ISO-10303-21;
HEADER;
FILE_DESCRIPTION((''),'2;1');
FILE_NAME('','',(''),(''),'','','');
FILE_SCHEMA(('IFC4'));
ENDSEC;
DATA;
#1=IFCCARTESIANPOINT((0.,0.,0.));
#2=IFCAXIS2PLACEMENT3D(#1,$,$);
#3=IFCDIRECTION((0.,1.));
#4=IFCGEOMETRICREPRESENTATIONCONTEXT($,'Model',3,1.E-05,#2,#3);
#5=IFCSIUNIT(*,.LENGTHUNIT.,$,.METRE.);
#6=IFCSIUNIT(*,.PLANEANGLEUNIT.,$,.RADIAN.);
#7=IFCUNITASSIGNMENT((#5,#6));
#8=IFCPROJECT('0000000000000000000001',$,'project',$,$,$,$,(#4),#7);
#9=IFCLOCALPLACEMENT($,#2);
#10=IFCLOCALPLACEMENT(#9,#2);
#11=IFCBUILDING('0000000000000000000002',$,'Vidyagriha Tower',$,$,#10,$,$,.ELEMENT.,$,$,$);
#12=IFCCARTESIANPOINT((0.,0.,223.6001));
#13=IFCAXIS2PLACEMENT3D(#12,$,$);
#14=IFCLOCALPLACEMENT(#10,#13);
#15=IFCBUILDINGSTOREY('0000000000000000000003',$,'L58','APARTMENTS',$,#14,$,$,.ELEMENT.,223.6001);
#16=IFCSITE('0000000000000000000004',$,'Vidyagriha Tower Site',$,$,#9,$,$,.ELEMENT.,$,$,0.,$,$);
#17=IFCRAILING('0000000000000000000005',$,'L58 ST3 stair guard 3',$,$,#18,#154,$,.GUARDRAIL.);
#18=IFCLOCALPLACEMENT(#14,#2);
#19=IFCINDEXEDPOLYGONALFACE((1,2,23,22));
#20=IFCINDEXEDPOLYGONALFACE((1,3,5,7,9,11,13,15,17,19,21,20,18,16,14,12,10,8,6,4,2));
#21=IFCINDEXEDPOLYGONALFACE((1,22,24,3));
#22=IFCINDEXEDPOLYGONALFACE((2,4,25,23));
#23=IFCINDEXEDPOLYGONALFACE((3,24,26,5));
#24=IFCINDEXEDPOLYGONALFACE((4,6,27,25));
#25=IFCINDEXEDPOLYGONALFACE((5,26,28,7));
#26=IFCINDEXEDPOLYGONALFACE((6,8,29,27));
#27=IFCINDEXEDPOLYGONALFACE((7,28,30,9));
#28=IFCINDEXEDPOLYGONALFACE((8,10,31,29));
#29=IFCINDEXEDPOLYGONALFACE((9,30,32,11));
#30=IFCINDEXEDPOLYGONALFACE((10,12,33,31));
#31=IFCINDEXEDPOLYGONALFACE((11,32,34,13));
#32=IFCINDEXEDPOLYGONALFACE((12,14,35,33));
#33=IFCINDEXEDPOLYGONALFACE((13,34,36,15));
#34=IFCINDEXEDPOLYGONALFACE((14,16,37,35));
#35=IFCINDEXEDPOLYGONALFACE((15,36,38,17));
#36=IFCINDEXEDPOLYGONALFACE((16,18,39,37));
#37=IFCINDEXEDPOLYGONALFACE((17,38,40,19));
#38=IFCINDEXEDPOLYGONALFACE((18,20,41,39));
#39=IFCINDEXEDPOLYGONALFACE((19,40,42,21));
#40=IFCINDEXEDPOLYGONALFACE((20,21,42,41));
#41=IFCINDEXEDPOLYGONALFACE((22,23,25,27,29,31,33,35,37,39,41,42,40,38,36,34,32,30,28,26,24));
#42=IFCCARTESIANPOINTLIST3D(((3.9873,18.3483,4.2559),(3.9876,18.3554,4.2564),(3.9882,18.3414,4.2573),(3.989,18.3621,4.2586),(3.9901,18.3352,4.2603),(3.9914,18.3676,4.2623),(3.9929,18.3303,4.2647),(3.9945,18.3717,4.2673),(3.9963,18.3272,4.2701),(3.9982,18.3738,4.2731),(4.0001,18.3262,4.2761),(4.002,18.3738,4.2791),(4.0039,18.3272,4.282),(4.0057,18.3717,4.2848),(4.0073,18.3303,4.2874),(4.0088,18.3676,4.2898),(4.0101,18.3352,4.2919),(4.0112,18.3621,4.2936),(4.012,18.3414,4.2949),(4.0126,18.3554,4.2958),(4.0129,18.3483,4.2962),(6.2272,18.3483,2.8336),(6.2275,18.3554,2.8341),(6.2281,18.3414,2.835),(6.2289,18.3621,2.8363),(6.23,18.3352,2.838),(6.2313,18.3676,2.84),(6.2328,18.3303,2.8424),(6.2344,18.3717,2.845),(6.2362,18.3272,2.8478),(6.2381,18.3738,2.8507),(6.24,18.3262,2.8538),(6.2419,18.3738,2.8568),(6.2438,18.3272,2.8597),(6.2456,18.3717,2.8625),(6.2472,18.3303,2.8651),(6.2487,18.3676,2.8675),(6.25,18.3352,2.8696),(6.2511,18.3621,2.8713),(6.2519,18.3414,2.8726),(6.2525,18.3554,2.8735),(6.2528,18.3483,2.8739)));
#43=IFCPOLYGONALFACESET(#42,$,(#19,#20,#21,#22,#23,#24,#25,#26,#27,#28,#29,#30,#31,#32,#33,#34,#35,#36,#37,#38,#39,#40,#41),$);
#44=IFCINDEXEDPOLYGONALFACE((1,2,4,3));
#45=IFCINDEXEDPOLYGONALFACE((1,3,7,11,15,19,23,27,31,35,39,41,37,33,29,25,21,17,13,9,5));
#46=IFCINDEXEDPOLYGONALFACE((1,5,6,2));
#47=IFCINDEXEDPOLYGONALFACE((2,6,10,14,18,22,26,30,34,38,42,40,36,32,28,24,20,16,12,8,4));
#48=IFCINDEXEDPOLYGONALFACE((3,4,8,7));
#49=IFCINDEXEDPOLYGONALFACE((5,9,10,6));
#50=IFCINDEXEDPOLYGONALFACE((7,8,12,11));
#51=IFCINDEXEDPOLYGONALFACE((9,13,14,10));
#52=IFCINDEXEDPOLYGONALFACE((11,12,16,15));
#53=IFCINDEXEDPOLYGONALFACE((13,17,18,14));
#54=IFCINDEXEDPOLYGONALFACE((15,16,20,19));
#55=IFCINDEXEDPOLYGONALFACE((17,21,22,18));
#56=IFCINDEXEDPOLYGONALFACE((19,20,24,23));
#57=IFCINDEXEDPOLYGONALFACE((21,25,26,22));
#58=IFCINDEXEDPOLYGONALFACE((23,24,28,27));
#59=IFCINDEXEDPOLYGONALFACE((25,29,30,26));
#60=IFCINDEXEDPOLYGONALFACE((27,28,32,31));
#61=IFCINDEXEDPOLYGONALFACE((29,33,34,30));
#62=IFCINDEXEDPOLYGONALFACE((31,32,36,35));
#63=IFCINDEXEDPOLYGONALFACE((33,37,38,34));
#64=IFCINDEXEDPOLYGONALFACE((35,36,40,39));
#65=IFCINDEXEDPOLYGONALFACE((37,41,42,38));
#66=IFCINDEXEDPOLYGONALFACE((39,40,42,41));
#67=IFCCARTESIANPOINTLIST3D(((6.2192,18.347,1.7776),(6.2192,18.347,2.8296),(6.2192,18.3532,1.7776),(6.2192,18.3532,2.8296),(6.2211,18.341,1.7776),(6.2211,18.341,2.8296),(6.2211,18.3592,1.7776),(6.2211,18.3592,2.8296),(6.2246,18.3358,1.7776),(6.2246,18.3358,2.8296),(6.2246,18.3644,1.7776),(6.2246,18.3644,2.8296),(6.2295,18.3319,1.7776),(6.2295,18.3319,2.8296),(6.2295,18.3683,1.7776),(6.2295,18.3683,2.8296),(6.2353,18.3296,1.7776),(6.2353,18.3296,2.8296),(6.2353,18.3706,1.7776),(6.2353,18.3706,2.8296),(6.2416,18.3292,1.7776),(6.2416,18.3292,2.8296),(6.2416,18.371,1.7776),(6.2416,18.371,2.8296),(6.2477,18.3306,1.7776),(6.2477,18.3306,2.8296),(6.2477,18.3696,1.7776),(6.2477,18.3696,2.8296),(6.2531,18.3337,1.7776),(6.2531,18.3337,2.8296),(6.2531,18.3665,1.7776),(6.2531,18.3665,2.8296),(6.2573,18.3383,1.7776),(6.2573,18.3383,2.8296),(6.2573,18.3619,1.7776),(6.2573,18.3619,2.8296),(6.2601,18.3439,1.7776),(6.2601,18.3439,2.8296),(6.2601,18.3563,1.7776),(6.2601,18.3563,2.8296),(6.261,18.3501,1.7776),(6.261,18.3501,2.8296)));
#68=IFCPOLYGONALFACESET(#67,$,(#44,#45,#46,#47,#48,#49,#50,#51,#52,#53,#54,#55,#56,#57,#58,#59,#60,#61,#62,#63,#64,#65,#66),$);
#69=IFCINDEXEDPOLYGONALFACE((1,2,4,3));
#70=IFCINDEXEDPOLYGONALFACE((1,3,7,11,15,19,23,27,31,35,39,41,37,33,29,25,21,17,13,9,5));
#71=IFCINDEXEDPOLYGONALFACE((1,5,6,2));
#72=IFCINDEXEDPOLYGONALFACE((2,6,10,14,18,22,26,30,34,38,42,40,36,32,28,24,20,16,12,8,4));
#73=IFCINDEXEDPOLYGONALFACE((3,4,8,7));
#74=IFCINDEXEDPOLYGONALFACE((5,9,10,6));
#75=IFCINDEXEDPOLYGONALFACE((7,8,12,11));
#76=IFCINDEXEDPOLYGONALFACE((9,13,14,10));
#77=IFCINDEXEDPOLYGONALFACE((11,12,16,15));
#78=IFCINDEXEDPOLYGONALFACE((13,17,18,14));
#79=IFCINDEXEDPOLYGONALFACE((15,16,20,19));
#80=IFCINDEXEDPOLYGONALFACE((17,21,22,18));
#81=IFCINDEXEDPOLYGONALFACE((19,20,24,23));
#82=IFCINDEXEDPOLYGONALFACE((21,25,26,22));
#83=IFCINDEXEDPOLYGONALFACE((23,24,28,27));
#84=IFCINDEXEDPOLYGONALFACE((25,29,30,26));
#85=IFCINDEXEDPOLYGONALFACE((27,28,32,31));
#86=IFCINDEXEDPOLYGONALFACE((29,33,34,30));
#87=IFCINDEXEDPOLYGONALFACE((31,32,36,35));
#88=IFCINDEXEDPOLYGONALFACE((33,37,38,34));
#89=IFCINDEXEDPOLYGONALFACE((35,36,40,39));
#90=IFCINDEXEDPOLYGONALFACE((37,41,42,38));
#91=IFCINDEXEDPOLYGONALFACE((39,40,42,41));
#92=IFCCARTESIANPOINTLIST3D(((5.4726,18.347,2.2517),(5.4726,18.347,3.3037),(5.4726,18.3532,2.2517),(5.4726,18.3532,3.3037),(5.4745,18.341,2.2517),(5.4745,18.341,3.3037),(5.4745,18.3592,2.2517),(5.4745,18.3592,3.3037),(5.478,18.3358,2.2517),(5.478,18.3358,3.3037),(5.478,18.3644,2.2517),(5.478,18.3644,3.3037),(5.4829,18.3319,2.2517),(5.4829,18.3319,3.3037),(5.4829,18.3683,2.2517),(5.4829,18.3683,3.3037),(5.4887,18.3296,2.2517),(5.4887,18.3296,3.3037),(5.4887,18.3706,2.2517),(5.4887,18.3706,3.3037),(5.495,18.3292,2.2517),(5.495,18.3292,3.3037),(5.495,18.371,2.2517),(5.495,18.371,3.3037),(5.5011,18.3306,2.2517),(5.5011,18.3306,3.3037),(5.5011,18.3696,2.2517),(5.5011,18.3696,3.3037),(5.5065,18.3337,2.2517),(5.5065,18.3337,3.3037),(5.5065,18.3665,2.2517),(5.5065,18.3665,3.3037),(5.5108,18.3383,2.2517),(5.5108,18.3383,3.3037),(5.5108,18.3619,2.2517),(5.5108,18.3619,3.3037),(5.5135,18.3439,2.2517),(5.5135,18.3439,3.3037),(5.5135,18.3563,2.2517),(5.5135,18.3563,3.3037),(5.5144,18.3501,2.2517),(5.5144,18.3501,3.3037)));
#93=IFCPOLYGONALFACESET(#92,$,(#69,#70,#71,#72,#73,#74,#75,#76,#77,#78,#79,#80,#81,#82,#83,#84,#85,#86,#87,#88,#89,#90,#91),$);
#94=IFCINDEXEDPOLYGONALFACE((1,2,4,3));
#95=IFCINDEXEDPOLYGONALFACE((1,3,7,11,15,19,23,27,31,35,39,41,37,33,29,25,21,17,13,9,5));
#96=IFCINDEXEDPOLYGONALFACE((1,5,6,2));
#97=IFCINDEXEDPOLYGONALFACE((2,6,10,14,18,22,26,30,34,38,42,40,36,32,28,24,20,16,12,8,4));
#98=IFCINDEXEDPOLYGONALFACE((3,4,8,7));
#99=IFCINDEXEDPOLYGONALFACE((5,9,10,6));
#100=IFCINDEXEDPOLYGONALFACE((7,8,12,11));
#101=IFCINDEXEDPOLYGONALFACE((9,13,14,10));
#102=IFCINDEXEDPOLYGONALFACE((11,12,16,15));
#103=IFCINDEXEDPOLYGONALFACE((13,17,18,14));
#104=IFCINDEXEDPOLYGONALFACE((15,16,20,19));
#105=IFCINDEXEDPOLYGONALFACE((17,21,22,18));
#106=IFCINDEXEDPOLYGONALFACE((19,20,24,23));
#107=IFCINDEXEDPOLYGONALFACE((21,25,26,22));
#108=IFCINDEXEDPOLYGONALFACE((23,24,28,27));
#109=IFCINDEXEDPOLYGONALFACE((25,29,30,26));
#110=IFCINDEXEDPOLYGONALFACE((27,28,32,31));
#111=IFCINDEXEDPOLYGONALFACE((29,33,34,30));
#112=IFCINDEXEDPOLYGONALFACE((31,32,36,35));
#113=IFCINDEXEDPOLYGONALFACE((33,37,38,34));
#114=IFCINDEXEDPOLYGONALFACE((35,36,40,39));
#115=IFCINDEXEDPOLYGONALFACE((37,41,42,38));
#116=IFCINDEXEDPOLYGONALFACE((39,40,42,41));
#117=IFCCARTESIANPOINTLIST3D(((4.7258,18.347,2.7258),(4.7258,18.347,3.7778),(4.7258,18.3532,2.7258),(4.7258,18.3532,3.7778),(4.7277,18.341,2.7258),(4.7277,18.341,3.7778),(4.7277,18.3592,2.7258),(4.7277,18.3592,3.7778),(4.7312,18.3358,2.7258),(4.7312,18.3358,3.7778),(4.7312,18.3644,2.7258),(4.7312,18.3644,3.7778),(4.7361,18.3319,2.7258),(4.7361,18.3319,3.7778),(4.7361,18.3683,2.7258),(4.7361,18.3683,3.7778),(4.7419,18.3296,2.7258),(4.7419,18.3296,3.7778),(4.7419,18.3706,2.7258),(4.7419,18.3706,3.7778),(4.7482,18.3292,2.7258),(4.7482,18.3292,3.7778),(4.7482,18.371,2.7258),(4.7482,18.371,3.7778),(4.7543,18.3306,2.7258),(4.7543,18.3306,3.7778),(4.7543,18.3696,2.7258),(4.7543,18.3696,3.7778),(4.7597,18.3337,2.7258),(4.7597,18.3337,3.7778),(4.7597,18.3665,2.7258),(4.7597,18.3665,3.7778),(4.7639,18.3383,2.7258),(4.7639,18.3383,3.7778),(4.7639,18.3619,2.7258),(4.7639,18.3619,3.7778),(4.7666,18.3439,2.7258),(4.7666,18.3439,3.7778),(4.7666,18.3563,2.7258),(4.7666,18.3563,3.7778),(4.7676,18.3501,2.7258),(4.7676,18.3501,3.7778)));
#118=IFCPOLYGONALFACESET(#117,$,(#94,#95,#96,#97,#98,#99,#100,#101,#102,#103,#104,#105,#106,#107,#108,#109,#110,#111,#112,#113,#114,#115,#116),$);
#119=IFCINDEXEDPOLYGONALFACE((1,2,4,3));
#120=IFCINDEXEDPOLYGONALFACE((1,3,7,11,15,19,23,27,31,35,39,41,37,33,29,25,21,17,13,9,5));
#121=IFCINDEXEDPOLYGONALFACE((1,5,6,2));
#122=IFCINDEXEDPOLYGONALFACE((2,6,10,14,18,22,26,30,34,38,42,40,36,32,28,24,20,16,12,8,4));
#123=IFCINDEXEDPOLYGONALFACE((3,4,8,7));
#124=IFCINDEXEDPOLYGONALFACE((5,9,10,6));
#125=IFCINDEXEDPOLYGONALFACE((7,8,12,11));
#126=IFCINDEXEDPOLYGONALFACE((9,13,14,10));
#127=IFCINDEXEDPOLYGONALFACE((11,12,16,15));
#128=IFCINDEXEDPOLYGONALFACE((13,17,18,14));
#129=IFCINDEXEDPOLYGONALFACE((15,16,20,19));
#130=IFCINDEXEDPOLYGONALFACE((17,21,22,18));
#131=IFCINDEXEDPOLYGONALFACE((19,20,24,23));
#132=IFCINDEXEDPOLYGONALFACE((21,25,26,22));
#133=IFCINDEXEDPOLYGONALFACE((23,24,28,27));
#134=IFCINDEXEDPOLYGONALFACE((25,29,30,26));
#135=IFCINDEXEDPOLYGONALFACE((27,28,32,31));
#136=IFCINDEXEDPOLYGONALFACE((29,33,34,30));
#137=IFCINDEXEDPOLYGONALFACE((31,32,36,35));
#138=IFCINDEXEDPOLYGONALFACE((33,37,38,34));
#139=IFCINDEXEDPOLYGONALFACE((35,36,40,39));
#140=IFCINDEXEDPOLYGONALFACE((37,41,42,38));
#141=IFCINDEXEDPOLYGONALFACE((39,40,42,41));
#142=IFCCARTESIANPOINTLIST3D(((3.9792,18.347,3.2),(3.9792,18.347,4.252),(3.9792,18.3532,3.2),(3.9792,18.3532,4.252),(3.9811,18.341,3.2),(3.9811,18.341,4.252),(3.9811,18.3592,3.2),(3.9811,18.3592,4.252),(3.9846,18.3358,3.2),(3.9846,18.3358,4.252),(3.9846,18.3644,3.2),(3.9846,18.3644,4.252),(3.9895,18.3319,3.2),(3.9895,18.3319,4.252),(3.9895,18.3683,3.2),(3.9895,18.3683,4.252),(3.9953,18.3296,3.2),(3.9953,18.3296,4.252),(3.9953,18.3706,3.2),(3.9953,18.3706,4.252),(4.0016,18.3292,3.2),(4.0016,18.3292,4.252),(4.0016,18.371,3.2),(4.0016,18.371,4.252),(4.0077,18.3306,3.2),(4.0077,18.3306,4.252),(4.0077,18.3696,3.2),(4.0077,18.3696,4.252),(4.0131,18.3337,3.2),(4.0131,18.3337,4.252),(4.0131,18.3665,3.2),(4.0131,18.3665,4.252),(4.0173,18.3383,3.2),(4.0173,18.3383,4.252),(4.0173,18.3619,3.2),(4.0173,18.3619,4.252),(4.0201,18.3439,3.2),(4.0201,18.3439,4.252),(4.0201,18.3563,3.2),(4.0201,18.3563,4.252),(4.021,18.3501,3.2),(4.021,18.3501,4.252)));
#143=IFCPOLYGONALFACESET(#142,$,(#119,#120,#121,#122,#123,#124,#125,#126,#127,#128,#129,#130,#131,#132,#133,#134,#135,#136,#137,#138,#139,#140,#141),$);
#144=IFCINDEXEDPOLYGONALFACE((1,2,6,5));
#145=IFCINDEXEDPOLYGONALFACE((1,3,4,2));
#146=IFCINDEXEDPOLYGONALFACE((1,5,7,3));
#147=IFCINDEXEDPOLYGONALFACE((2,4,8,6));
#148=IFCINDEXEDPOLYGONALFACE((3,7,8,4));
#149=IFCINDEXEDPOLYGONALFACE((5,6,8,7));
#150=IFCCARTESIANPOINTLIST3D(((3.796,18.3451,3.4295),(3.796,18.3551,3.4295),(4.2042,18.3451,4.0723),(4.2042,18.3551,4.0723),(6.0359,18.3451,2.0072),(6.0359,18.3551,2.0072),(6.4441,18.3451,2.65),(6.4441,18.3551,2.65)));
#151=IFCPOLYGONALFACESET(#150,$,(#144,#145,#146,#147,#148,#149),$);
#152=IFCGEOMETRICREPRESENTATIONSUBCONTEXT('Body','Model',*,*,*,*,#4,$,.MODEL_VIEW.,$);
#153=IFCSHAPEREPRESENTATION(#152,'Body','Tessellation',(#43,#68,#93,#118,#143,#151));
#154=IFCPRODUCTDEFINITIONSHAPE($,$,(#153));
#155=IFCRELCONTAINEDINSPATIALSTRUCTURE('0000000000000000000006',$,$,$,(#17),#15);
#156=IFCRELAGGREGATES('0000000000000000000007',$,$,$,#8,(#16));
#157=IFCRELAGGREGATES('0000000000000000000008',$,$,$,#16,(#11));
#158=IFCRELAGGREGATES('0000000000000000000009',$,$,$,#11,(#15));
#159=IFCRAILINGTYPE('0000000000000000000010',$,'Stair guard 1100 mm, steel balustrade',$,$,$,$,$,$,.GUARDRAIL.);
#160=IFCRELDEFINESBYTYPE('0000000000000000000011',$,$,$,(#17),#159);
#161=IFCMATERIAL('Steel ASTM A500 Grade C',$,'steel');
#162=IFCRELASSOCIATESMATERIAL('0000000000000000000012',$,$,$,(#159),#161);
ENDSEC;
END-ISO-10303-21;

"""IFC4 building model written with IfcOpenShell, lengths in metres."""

from ifc_helpers import new_model, si_unit, direction, frame, origin, origin_2d, place, context, subcontext, project, spatial, rectangle, circle, extrude, material, type_object, element, save


model = new_model("IFC4")

# Units and contexts
model_context = context("Model", 3, precision=1e-05, world=origin(), true_north=direction((0.0, 1.0)))
body_context = subcontext(model_context, "Body", "Model", "MODEL_VIEW")
ifc_project = project(units=[si_unit("LENGTHUNIT", "METRE"), si_unit("PLANEANGLEUNIT", "RADIAN")], contexts=[model_context])

# Site, building, storey
site_placement = place(None, origin())
site = spatial("IfcSite", under=ifc_project, at=site_placement, Name="Vidyagriha Tower Site", CompositionType="ELEMENT", RefElevation=0.0)
building_placement = place(site_placement, origin())
building = spatial("IfcBuilding", under=site, at=building_placement, Name="Vidyagriha Tower", CompositionType="ELEMENT")
storey_placement = place(building_placement, frame((0.0, 0.0, 223.6001)))
storey = spatial("IfcBuildingStorey", under=building, at=storey_placement, Name="L58", Description="APARTMENTS", CompositionType="ELEMENT", Elevation=223.6001)

# Railing
ifc_material_1 = material(Name="Steel ASTM A500 Grade C", Category="steel")
railing_type_1 = type_object("IfcRailingType", Name="Stair guard 1100 mm, steel balustrade", PredefinedType="GUARDRAIL", material=ifc_material_1)
railing_1_placement = place(storey_placement, frame((6.24, 18.3501, 1.7776)))
element("IfcRailing", 1, at=railing_1_placement, inside=storey, type_object=railing_type_1, Name="L58 ST3 stair guard 3", PredefinedType="GUARDRAIL", context=body_context, shape_type="SweptSolid", body=[
    extrude(circle(Radius=0.0239, at=origin_2d()), frame((0.0, 0.0, 1.0762), z_axis=(-0.844188, 0.0, 0.536048), x_axis=(0.0, -1.0, 0.0)), (0.0, 0.0, 1.0), 2.6533),
    extrude(circle(Radius=0.021, at=origin_2d()), origin(), (0.0, 0.0, 1.0), 1.052),
    extrude(circle(Radius=0.021, at=origin_2d()), frame((-0.7466, 0.0, 0.4741)), (0.0, 0.0, 1.0), 1.052),
    extrude(circle(Radius=0.021, at=origin_2d()), frame((-1.4934, 0.0, 0.9482)), (0.0, 0.0, 1.0), 1.052),
    extrude(circle(Radius=0.021, at=origin_2d()), frame((-2.24, 0.0, 1.4224)), (0.0, 0.0, 1.0), 1.052),
    extrude(rectangle(XDim=0.01, YDim=0.7615, at=origin_2d()), frame((0.0, 0.0, 0.551), z_axis=(-0.844188, 0.0, 0.536048), x_axis=(0.0, -1.0, 0.0)), (0.0, 0.0, 1.0), 2.6533),
])

save(model, "model.ifc")
